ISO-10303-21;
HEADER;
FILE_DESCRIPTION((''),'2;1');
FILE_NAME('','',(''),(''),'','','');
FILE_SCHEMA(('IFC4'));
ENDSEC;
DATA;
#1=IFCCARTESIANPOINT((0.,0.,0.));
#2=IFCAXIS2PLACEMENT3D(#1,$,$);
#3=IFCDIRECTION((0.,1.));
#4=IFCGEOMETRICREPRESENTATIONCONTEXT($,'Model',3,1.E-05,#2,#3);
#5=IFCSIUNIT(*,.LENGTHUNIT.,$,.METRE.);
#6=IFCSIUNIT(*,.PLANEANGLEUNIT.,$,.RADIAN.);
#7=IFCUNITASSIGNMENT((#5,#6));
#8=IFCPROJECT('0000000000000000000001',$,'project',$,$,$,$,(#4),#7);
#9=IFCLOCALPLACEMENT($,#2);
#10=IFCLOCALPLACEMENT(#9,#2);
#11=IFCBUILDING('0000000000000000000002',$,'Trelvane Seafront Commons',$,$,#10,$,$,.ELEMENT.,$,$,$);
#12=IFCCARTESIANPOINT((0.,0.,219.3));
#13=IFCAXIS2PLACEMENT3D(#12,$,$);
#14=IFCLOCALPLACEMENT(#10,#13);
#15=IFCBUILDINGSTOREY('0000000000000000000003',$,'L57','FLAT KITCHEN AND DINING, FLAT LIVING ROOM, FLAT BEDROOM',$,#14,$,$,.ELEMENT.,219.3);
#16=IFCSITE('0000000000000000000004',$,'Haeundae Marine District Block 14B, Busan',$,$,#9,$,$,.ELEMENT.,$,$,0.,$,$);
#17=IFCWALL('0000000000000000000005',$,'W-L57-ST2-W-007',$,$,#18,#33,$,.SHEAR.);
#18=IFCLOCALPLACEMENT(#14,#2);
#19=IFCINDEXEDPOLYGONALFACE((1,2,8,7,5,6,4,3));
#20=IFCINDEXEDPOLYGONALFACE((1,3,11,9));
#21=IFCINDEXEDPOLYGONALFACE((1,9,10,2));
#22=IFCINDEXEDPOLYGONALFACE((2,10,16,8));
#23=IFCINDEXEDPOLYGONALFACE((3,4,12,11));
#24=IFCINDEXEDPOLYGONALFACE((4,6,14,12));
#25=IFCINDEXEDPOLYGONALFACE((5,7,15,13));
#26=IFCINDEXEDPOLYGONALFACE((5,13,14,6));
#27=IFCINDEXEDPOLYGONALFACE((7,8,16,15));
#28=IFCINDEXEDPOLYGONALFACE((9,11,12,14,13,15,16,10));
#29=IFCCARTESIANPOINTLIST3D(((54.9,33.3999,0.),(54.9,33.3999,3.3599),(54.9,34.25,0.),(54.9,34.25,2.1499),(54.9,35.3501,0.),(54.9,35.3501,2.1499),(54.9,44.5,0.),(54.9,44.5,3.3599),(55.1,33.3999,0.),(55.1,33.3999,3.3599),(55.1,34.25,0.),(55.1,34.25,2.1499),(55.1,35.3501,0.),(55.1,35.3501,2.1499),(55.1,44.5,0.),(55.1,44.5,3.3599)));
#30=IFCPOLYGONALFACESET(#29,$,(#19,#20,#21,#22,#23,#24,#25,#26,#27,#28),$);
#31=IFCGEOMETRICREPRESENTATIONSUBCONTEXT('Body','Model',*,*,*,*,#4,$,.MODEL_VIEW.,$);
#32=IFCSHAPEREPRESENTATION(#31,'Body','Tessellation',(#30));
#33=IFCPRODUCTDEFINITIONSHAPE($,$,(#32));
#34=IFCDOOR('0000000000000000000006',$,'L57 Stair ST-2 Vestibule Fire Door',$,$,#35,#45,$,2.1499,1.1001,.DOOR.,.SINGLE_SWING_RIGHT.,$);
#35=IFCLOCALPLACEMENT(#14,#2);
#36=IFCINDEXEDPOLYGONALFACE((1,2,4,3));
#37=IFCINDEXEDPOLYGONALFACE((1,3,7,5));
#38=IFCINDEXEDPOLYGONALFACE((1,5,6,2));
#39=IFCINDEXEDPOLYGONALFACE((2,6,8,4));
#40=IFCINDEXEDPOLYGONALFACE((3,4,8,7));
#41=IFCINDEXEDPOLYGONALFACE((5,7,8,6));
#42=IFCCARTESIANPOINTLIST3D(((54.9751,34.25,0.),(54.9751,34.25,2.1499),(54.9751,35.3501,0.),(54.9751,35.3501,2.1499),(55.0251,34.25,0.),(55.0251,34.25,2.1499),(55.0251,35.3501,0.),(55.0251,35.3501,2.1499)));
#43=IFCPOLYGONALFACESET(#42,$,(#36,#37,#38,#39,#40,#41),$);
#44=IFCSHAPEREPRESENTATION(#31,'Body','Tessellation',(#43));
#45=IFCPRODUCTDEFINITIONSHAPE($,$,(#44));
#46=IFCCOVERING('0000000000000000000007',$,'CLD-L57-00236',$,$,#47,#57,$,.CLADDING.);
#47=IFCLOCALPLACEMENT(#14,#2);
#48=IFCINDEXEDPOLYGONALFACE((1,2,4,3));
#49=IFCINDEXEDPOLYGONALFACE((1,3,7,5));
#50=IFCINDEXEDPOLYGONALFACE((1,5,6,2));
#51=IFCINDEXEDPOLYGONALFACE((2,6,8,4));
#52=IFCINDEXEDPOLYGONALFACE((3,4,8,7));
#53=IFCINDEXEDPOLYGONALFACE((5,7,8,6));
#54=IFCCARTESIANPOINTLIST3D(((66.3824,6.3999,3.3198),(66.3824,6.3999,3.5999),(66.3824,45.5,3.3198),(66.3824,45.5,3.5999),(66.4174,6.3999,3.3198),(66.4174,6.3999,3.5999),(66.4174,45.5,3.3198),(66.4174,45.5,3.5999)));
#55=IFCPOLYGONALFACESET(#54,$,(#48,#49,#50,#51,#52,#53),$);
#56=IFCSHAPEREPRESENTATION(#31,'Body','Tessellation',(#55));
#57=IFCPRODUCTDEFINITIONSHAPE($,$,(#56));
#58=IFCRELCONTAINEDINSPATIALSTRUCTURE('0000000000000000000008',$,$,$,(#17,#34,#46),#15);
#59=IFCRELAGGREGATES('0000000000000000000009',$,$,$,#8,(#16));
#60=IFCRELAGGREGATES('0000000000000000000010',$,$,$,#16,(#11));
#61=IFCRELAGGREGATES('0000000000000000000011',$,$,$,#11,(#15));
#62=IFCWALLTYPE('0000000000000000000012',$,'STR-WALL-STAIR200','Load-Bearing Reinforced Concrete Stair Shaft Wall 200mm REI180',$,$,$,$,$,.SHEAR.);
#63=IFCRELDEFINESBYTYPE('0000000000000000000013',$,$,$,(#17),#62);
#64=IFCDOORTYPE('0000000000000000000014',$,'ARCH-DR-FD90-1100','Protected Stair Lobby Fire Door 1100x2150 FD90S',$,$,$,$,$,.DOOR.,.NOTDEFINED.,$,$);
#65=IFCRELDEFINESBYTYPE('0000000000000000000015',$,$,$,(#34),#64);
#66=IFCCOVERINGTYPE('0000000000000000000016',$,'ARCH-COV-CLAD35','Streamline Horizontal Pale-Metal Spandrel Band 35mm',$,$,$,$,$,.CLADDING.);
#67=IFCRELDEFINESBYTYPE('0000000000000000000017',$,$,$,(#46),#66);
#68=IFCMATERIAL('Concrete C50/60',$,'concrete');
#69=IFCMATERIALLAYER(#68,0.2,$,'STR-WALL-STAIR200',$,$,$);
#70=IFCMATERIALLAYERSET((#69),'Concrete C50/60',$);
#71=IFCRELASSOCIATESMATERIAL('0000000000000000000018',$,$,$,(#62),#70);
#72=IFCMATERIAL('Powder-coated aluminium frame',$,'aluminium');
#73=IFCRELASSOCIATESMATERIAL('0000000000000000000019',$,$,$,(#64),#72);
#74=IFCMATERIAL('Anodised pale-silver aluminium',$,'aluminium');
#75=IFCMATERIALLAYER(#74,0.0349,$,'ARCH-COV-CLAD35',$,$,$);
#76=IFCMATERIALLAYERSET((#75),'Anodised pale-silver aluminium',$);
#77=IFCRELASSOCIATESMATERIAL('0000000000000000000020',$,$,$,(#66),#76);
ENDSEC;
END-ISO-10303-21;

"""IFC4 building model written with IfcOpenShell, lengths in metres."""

from ifc_helpers import new_model, si_unit, direction, frame, frame_2d, origin, origin_2d, place, context, subcontext, project, spatial, rectangle, extrude, source, transform, mapped, material, layer, layer_set, type_object, element, fill, save


model = new_model("IFC4")

# Units and contexts
model_context = context("Model", 3, precision=1e-05, world=origin(), true_north=direction((0.0, 1.0)))
body_context = subcontext(model_context, "Body", "Model", "MODEL_VIEW")
ifc_project = project(units=[si_unit("LENGTHUNIT", "METRE"), si_unit("PLANEANGLEUNIT", "RADIAN")], contexts=[model_context])

# Site, building, storey
site_placement = place(None, origin())
site = spatial("IfcSite", under=ifc_project, at=site_placement, Name="Haeundae Marine District Block 14B, Busan", CompositionType="ELEMENT", RefElevation=0.0)
building_placement = place(site_placement, origin())
building = spatial("IfcBuilding", under=site, at=building_placement, Name="Trelvane Seafront Commons", CompositionType="ELEMENT")
storey_placement = place(building_placement, frame((0.0, 0.0, 219.3)))
storey = spatial("IfcBuildingStorey", under=building, at=storey_placement, Name="L57", Description="FLAT KITCHEN AND DINING, FLAT LIVING ROOM, FLAT BEDROOM", CompositionType="ELEMENT", Elevation=219.3)

# Shared definitions
ifc_material_1 = material(Name="Concrete C50/60", Category="concrete")

# Shared definitions
ifc_material_2 = material(Name="Powder-coated aluminium frame", Category="aluminium")

# Wall, opening, door
ifc_layer_1 = layer(ifc_material_1, 0.2, Name="STR-WALL-STAIR200")
ifc_layer_set_1 = layer_set([ifc_layer_1], Name="Concrete C50/60")
wall_type_1 = type_object("IfcWallType", Name="STR-WALL-STAIR200", Description="Load-Bearing Reinforced Concrete Stair Shaft Wall 200mm REI180", PredefinedType="SHEAR", material=ifc_layer_set_1)
wall_1_placement = place(storey_placement, frame((55.0, 33.3999, 0.0), z_axis=(0.0, 0.0, 1.0), x_axis=(0.0, 1.0, 0.0)))
wall_1 = element("IfcWall", 1, at=wall_1_placement, inside=storey, type_object=wall_type_1, Name="W-L57-ST2-W-007", PredefinedType="SHEAR", context=body_context, shape_type="SweptSolid", body=[
    extrude(rectangle(XDim=11.1001, YDim=0.2, at=frame_2d((5.55, 0.0))), origin(), (0.0, 0.0, 1.0), 3.3599),
])
opening_1_placement = place(wall_1_placement, frame((0.8501, 0.0, 0.0)))
opening_1 = element("IfcOpeningElement", 2, at=opening_1_placement, cuts=wall_1, PredefinedType="OPENING", context=body_context, shape_type="SweptSolid", body=[
    extrude(rectangle(XDim=1.1001, YDim=2.1499, at=frame_2d((0.55, 1.075))), frame((0.0, 0.1099, 0.0), z_axis=(0.0, -1.0, 0.0), x_axis=(1.0, 0.0, 0.0)), (0.0, 0.0, 1.0), 0.22),
])
door_type_1 = type_object("IfcDoorType", Name="ARCH-DR-FD90-1100", Description="Protected Stair Lobby Fire Door 1100x2150 FD90S", OperationType="NOTDEFINED", PredefinedType="DOOR", material=ifc_material_2)
shared_shape_1 = source(origin(), body_context, "Body", "SweptSolid", [
    extrude(rectangle(XDim=1.1001, YDim=2.1499, at=frame_2d((0.55, 1.075))), frame((0.0, 0.0249, 0.0), z_axis=(0.0, -1.0, 0.0), x_axis=(1.0, 0.0, 0.0)), (0.0, 0.0, 1.0), 0.05),
])
door_1_placement = place(opening_1_placement, origin())
door_1 = element("IfcDoor", 3, at=door_1_placement, inside=storey, type_object=door_type_1, Name="L57 Stair ST-2 Vestibule Fire Door", OperationType="SINGLE_SWING_RIGHT", OverallHeight=2.1499, OverallWidth=1.1001, PredefinedType="DOOR", context=body_context, shape_type="MappedRepresentation", body=[
    mapped(shared_shape_1, transform((0.0, 0.0, 0.0), x_axis=(1.0, 0.0, 0.0), y_axis=(0.0, 1.0, 0.0), z_axis=(0.0, 0.0, 1.0), scale=1.0)),
])
fill(opening_1, door_1)

# Covering
ifc_material_3 = material(Name="Anodised pale-silver aluminium", Category="aluminium")
ifc_layer_2 = layer(ifc_material_3, 0.0349, Name="ARCH-COV-CLAD35")
ifc_layer_set_2 = layer_set([ifc_layer_2], Name="Anodised pale-silver aluminium")
covering_type = type_object("IfcCoveringType", Name="ARCH-COV-CLAD35", Description="Streamline Horizontal Pale-Metal Spandrel Band 35mm", PredefinedType="CLADDING", material=ifc_layer_set_2)
shared_shape_2 = source(origin(), body_context, "Body", "SweptSolid", [
    extrude(rectangle(XDim=39.1001, YDim=0.0349, at=origin_2d()), origin(), (0.0, 0.0, 1.0), 0.28),
])
covering_placement = place(storey_placement, frame((66.3999, 25.95, 3.3198), z_axis=(0.0, 0.0, 1.0), x_axis=(0.0, -1.0, 0.0)))
element("IfcCovering", 4, at=covering_placement, inside=storey, type_object=covering_type, Name="CLD-L57-00236", PredefinedType="CLADDING", context=body_context, shape_type="MappedRepresentation", body=[
    mapped(shared_shape_2, transform((0.0, 0.0, 0.0), x_axis=(1.0, 0.0, 0.0), y_axis=(0.0, 1.0, 0.0), z_axis=(0.0, 0.0, 1.0), scale=1.0)),
])

save(model, "model.ifc")
